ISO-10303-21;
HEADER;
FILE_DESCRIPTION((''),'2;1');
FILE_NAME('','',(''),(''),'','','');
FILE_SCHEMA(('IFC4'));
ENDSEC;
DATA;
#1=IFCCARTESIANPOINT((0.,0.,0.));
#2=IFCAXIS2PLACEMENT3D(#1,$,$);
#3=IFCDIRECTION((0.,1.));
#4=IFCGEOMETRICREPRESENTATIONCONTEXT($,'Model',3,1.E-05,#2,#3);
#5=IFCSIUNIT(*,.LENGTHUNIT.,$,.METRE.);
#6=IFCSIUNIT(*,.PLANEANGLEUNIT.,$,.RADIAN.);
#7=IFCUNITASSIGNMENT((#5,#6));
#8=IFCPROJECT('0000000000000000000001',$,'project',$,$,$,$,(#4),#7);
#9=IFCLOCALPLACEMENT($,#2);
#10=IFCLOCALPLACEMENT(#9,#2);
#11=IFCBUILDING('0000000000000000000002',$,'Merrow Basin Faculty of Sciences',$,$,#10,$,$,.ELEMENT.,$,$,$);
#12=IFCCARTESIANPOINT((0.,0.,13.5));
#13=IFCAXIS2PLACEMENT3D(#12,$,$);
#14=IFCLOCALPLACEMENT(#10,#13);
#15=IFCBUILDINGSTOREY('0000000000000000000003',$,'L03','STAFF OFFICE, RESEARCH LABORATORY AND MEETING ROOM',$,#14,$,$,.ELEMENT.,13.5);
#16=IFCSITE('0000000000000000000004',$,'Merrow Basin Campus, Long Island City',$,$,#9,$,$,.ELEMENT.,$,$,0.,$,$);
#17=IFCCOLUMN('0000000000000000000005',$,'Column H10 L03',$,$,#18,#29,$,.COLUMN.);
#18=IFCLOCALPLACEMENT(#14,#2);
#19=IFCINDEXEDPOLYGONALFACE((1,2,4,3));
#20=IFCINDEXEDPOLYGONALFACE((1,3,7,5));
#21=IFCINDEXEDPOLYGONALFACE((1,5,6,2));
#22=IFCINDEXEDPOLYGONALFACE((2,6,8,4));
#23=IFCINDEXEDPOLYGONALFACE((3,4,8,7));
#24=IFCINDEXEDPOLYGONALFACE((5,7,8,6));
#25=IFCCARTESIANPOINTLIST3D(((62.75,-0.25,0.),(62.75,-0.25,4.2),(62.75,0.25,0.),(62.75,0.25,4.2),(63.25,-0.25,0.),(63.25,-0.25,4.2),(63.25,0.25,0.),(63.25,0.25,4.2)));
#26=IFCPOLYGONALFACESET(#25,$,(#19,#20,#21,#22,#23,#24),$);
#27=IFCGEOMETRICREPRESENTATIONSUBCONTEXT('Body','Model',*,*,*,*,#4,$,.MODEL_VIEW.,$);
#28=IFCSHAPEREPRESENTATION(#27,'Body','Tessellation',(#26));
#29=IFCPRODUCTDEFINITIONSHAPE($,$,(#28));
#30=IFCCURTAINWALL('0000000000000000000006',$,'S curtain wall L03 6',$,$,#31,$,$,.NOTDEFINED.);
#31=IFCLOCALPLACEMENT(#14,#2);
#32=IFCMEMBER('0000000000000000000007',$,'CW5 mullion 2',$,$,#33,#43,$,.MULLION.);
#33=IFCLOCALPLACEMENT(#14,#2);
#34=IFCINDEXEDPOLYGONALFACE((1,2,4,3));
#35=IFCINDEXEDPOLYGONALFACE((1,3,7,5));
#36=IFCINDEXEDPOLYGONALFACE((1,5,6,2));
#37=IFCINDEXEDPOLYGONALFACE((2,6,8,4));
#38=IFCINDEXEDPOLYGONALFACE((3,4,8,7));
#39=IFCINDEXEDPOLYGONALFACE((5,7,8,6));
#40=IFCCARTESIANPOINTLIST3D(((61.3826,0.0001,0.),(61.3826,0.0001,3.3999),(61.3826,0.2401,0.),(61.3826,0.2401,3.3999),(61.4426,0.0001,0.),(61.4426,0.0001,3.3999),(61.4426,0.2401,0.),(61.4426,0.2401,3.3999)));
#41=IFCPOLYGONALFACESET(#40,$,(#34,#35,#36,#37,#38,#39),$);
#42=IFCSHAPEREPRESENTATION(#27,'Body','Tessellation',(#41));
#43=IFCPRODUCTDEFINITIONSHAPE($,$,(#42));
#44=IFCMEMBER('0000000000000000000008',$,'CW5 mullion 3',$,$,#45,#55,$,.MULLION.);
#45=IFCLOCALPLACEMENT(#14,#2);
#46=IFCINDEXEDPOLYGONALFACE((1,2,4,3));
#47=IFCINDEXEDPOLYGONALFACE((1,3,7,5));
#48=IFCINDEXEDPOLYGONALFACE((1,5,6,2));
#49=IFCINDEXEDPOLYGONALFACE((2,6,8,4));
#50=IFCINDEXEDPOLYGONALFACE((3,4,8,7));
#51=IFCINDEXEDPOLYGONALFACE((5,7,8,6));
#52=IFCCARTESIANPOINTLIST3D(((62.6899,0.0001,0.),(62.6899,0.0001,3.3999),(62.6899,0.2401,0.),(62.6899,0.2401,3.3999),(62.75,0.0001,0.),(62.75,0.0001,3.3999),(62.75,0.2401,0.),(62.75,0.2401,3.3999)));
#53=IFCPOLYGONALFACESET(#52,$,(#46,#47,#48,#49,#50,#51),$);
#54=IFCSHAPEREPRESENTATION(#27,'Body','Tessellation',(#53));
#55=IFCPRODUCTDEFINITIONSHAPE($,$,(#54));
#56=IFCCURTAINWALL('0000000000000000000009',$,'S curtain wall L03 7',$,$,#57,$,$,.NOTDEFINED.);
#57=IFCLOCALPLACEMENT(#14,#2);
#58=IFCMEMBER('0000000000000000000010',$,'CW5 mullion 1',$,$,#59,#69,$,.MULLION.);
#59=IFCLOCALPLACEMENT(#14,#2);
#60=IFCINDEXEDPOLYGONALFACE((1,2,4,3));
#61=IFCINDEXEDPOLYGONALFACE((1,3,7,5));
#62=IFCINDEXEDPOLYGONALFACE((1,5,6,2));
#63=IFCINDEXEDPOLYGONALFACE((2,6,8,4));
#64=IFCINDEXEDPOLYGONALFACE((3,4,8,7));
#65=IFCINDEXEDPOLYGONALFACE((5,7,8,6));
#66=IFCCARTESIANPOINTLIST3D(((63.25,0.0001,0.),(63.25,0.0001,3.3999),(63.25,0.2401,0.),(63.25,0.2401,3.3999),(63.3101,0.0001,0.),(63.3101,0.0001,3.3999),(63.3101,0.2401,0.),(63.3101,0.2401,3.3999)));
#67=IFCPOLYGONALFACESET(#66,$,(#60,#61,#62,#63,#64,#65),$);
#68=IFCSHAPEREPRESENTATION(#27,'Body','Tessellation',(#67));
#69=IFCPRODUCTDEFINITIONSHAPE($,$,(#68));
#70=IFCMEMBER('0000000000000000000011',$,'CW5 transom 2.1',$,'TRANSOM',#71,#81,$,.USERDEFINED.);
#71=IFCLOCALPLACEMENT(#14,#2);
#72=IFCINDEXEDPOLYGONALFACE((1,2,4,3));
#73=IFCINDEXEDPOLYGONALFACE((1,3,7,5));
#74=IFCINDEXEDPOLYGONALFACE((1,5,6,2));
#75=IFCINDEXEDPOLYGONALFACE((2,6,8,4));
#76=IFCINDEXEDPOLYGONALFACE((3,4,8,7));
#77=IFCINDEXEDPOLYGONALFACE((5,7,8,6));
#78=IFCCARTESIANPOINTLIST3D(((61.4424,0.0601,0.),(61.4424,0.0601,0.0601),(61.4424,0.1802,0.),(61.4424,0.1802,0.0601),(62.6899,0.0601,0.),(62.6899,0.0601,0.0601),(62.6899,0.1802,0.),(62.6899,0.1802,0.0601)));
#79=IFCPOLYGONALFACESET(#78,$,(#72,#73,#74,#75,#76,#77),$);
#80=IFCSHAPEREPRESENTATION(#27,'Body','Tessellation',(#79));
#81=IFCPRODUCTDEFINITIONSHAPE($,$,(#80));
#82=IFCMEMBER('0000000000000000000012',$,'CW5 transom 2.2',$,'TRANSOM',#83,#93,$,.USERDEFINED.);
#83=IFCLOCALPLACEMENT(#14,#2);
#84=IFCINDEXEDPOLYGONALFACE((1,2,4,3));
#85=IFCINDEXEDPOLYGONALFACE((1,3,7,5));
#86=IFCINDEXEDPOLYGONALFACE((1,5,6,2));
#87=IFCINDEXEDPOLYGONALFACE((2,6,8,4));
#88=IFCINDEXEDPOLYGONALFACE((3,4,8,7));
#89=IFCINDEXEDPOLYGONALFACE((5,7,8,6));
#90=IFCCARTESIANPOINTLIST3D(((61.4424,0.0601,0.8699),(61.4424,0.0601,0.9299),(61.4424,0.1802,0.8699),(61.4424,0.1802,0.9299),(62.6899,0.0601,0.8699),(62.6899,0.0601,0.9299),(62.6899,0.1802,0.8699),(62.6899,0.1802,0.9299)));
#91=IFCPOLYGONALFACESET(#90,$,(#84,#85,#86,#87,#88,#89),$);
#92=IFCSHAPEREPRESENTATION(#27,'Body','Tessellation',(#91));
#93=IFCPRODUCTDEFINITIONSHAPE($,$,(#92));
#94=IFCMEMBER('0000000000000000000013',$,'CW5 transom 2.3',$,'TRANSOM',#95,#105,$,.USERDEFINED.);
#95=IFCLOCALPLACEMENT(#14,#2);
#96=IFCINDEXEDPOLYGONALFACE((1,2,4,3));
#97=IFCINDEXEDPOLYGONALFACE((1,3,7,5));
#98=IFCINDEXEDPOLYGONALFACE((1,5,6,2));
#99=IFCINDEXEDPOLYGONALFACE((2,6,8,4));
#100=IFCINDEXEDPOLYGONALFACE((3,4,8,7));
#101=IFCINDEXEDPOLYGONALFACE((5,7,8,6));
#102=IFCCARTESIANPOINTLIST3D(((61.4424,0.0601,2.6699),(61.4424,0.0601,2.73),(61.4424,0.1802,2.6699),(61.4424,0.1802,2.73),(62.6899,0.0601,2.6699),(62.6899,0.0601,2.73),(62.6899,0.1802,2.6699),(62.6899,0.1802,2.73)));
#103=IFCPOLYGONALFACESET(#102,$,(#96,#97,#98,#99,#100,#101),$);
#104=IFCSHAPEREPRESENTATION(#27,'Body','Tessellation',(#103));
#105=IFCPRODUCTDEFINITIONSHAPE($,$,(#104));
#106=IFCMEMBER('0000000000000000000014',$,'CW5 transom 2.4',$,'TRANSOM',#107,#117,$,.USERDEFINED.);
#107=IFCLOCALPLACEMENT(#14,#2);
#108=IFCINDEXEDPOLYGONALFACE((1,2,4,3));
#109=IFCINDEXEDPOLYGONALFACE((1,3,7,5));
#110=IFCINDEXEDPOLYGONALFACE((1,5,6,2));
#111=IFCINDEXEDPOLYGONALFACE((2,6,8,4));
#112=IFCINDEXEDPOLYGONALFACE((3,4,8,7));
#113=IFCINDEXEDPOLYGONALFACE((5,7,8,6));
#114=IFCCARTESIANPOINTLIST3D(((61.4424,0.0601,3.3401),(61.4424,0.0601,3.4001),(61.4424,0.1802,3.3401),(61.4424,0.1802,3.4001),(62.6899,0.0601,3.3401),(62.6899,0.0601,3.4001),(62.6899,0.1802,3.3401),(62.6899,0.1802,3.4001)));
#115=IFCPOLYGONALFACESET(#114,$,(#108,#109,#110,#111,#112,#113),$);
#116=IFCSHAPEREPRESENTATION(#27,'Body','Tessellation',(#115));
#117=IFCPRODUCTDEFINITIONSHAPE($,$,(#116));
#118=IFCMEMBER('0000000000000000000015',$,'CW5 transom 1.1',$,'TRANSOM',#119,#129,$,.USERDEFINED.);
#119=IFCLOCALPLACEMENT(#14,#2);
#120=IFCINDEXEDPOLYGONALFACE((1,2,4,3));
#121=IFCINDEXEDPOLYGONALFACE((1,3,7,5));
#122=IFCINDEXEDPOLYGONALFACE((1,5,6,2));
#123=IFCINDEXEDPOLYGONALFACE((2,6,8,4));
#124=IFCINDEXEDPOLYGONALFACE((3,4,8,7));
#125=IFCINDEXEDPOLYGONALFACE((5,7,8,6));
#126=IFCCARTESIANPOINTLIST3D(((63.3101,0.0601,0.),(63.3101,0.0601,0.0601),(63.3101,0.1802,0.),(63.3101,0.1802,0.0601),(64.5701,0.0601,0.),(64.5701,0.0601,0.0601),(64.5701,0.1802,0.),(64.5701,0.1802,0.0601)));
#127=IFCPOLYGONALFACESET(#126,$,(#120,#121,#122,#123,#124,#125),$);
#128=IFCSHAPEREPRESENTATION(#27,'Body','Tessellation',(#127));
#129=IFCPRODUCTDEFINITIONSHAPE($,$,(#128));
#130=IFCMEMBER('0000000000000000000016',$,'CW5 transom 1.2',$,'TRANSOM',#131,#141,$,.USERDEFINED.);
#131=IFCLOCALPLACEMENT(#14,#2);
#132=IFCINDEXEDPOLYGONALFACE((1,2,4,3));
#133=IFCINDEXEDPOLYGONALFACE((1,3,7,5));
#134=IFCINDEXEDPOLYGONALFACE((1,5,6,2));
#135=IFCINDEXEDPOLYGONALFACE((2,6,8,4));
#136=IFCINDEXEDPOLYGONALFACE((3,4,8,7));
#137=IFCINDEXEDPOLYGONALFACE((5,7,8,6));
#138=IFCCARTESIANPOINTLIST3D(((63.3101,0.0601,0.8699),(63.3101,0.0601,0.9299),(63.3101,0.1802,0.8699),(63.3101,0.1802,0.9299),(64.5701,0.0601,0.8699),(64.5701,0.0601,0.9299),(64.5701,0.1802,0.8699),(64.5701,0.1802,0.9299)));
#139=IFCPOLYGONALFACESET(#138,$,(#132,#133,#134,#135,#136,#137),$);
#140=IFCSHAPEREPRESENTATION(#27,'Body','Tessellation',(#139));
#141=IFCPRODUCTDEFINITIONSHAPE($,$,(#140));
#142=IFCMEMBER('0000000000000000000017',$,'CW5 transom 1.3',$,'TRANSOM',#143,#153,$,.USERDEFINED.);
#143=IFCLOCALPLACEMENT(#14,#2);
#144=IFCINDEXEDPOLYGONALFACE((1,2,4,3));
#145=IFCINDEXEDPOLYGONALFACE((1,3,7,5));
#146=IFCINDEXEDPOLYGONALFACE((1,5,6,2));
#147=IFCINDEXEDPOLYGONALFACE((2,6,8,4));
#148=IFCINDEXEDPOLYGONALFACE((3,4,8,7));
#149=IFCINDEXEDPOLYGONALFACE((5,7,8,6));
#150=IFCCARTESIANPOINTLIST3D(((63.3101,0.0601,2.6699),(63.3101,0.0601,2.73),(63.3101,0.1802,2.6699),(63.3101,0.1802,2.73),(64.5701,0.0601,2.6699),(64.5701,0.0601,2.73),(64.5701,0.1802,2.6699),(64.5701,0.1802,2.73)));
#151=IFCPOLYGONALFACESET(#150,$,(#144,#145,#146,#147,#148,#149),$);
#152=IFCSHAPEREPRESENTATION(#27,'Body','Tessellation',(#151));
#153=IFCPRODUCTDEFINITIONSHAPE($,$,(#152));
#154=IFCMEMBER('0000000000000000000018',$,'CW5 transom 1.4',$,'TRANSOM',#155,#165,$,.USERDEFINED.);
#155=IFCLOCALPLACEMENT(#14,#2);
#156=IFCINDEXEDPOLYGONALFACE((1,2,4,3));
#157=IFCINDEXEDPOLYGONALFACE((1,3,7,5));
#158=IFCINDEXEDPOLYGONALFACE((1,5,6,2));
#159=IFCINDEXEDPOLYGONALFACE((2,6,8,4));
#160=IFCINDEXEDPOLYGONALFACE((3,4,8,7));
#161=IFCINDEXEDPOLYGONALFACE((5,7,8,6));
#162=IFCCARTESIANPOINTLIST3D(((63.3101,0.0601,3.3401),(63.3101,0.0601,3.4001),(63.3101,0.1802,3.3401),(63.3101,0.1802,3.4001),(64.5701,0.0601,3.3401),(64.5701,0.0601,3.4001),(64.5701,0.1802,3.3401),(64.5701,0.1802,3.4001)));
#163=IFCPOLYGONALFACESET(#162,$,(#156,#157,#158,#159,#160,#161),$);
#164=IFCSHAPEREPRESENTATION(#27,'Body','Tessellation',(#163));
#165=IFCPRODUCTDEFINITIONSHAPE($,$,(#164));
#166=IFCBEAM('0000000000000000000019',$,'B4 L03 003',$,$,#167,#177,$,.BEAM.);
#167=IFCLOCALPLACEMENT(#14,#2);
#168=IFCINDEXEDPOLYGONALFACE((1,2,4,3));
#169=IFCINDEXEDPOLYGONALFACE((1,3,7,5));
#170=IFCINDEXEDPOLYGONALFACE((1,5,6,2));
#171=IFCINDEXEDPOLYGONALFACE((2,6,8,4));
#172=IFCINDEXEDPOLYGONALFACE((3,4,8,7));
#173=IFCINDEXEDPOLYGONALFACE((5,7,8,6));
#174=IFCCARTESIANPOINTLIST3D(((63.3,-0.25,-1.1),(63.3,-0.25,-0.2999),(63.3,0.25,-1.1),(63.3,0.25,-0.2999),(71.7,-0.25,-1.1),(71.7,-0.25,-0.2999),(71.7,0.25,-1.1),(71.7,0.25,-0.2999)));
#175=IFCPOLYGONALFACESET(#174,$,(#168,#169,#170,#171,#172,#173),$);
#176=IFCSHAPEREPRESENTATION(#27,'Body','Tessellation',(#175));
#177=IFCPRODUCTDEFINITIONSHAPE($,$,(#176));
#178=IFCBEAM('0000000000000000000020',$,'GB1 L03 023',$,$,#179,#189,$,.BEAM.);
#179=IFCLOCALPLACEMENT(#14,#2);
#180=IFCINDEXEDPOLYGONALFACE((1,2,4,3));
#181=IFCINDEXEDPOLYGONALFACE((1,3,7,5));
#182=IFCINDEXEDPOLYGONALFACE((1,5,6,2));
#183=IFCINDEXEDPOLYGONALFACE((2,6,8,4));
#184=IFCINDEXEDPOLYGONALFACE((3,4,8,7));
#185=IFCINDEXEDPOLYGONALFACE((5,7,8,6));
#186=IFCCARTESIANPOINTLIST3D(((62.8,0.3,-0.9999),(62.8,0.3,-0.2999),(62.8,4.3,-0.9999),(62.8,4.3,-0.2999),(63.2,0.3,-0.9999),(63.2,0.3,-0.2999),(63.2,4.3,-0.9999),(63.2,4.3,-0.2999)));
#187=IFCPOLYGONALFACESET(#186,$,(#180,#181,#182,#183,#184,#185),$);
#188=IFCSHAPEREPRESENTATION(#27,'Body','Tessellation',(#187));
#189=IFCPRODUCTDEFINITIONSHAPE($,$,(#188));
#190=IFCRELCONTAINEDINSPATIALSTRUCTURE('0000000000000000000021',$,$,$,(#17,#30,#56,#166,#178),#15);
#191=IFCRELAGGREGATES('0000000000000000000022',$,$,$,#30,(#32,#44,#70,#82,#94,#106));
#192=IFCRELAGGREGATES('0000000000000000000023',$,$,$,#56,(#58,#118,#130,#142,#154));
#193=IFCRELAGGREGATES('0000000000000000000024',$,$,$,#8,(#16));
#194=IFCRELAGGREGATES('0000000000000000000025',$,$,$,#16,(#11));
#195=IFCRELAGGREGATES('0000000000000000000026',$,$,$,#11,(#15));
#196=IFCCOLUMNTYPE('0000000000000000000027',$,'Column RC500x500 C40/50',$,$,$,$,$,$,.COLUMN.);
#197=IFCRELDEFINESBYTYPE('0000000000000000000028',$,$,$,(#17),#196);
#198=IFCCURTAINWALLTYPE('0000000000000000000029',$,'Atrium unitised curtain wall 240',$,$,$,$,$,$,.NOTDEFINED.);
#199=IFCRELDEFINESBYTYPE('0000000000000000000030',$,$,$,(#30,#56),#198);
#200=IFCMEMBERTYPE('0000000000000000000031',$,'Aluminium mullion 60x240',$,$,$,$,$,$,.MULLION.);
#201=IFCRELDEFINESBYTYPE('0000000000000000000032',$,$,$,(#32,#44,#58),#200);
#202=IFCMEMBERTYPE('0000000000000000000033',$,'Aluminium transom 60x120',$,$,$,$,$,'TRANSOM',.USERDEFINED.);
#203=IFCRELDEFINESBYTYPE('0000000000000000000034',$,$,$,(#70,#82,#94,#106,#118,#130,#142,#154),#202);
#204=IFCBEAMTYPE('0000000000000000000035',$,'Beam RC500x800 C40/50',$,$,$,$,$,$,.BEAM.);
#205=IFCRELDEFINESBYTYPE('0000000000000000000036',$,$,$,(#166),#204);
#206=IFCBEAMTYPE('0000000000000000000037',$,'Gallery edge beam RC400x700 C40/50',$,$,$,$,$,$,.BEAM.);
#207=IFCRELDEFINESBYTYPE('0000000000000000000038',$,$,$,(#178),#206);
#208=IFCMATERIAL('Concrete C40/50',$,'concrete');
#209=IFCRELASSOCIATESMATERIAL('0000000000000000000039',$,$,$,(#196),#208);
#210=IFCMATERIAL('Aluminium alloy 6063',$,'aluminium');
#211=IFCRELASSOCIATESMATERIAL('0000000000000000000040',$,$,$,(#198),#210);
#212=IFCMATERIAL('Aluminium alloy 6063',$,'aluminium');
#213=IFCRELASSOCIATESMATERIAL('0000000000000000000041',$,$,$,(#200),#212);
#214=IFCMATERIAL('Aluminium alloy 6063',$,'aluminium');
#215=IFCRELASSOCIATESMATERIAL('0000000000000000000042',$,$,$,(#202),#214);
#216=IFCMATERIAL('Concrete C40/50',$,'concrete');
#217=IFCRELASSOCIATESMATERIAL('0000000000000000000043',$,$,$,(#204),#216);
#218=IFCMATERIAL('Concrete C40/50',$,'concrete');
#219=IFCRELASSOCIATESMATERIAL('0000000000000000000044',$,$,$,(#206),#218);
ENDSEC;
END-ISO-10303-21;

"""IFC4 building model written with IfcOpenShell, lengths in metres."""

from ifc_helpers import new_model, si_unit, direction, frame, origin, origin_2d, place, context, subcontext, project, spatial, rectangle, extrude, material, material_profile, profile_set, type_object, element, aggregate, save


model = new_model("IFC4")

# Units and contexts
model_context = context("Model", 3, precision=1e-05, world=origin(), true_north=direction((0.0, 1.0)))
body_context = subcontext(model_context, "Body", "Model", "MODEL_VIEW")
ifc_project = project(units=[si_unit("LENGTHUNIT", "METRE"), si_unit("PLANEANGLEUNIT", "RADIAN")], contexts=[model_context])

# Site, building, storey
site_placement = place(None, origin())
site = spatial("IfcSite", under=ifc_project, at=site_placement, Name="Merrow Basin Campus, Long Island City", CompositionType="ELEMENT", RefElevation=0.0)
building_placement = place(site_placement, origin())
building = spatial("IfcBuilding", under=site, at=building_placement, Name="Merrow Basin Faculty of Sciences", CompositionType="ELEMENT")
storey_placement = place(building_placement, frame((0.0, 0.0, 13.5)))
storey = spatial("IfcBuildingStorey", under=building, at=storey_placement, Name="L03", Description="STAFF OFFICE, RESEARCH LABORATORY AND MEETING ROOM", CompositionType="ELEMENT", Elevation=13.5)

# Column
ifc_material_1 = material(Name="Concrete C40/50", Category="concrete")
ifc_material_profile_1 = material_profile(ifc_material_1, rectangle(XDim=0.5, YDim=0.5, at=origin_2d()))
ifc_profile_set_1 = profile_set([ifc_material_profile_1], Name="Concrete C40/50")
column_type = type_object("IfcColumnType", Name="Column RC500x500 C40/50", PredefinedType="COLUMN", material=ifc_profile_set_1)
column_placement = place(storey_placement, frame((63.0, 0.0, 0.0), z_axis=(0.0, 0.0, 1.0), x_axis=(1.0, 0.0, 0.0)))
element("IfcColumn", 1, at=column_placement, inside=storey, type_object=column_type, Name="Column H10 L03", PredefinedType="COLUMN", context=body_context, shape_type="SweptSolid", body=[
    extrude(rectangle(XDim=0.5, YDim=0.5, at=origin_2d()), origin(), (0.0, 0.0, 1.0), 4.2),
])

# Curtain wall, members
ifc_material_2 = material(Name="Aluminium alloy 6063", Category="aluminium")
curtain_wall_type = type_object("IfcCurtainWallType", Name="Atrium unitised curtain wall 240", PredefinedType="NOTDEFINED", material=ifc_material_2)
curtain_wall_1_placement = place(storey_placement, origin())
curtain_wall_1 = element("IfcCurtainWall", 2, at=curtain_wall_1_placement, inside=storey, type_object=curtain_wall_type, Name="S curtain wall L03 6", PredefinedType="NOTDEFINED")
ifc_material_3 = material(Name="Aluminium alloy 6063", Category="aluminium")
ifc_material_profile_2 = material_profile(ifc_material_3, rectangle(XDim=0.24, YDim=0.0601, at=origin_2d()))
ifc_profile_set_2 = profile_set([ifc_material_profile_2], Name="Aluminium alloy 6063")
member_type_1 = type_object("IfcMemberType", Name="Aluminium mullion 60x240", PredefinedType="MULLION", material=ifc_profile_set_2)
member_1_placement = place(storey_placement, frame((61.4126, 0.1201, 0.0), z_axis=(0.0, 0.0, 1.0), x_axis=(0.0, 1.0, 0.0)))
member_1 = element("IfcMember", 3, at=member_1_placement, type_object=member_type_1, Name="CW5 mullion 2", PredefinedType="MULLION", context=body_context, shape_type="SweptSolid", body=[
    extrude(rectangle(XDim=0.24, YDim=0.0601, at=origin_2d()), origin(), (0.0, 0.0, 1.0), 3.3999),
])
member_2_placement = place(storey_placement, frame((62.72, 0.1201, 0.0), z_axis=(0.0, 0.0, 1.0), x_axis=(0.0, 1.0, 0.0)))
member_2 = element("IfcMember", 4, at=member_2_placement, type_object=member_type_1, Name="CW5 mullion 3", PredefinedType="MULLION", context=body_context, shape_type="SweptSolid", body=[
    extrude(rectangle(XDim=0.24, YDim=0.0601, at=origin_2d()), origin(), (0.0, 0.0, 1.0), 3.3999),
])

# Curtain wall, member
curtain_wall_2_placement = place(storey_placement, origin())
curtain_wall_2 = element("IfcCurtainWall", 5, at=curtain_wall_2_placement, inside=storey, type_object=curtain_wall_type, Name="S curtain wall L03 7", PredefinedType="NOTDEFINED")
member_3_placement = place(storey_placement, frame((63.28, 0.1201, 0.0), z_axis=(0.0, 0.0, 1.0), x_axis=(0.0, 1.0, 0.0)))
member_3 = element("IfcMember", 6, at=member_3_placement, type_object=member_type_1, Name="CW5 mullion 1", PredefinedType="MULLION", context=body_context, shape_type="SweptSolid", body=[
    extrude(rectangle(XDim=0.24, YDim=0.0601, at=origin_2d()), origin(), (0.0, 0.0, 1.0), 3.3999),
])

# Members
ifc_material_4 = material(Name="Aluminium alloy 6063", Category="aluminium")
ifc_material_profile_3 = material_profile(ifc_material_4, rectangle(XDim=0.1201, YDim=0.0601, at=origin_2d()))
ifc_profile_set_3 = profile_set([ifc_material_profile_3], Name="Aluminium alloy 6063")
member_type_2 = type_object("IfcMemberType", Name="Aluminium transom 60x120", ElementType="TRANSOM", PredefinedType="USERDEFINED", material=ifc_profile_set_3)
member_4_placement = place(storey_placement, frame((61.4424, 0.1201, 0.03), z_axis=(1.0, 0.0, 0.0), x_axis=(0.0, 1.0, 0.0)))
member_4 = element("IfcMember", 7, at=member_4_placement, type_object=member_type_2, Name="CW5 transom 2.1", ObjectType="TRANSOM", PredefinedType="USERDEFINED", context=body_context, shape_type="SweptSolid", body=[
    extrude(rectangle(XDim=0.1201, YDim=0.0601, at=origin_2d()), origin(), (0.0, 0.0, 1.0), 1.2476),
])
member_5_placement = place(storey_placement, frame((61.4424, 0.1201, 0.8999), z_axis=(1.0, 0.0, 0.0), x_axis=(0.0, 1.0, 0.0)))
member_5 = element("IfcMember", 8, at=member_5_placement, type_object=member_type_2, Name="CW5 transom 2.2", ObjectType="TRANSOM", PredefinedType="USERDEFINED", context=body_context, shape_type="SweptSolid", body=[
    extrude(rectangle(XDim=0.1201, YDim=0.0601, at=origin_2d()), origin(), (0.0, 0.0, 1.0), 1.2476),
])
member_6_placement = place(storey_placement, frame((61.4424, 0.1201, 2.7), z_axis=(1.0, 0.0, 0.0), x_axis=(0.0, 1.0, 0.0)))
member_6 = element("IfcMember", 9, at=member_6_placement, type_object=member_type_2, Name="CW5 transom 2.3", ObjectType="TRANSOM", PredefinedType="USERDEFINED", context=body_context, shape_type="SweptSolid", body=[
    extrude(rectangle(XDim=0.1201, YDim=0.0601, at=origin_2d()), origin(), (0.0, 0.0, 1.0), 1.2476),
])
member_7_placement = place(storey_placement, frame((61.4424, 0.1201, 3.3701), z_axis=(1.0, 0.0, 0.0), x_axis=(0.0, 1.0, 0.0)))
member_7 = element("IfcMember", 10, at=member_7_placement, type_object=member_type_2, Name="CW5 transom 2.4", ObjectType="TRANSOM", PredefinedType="USERDEFINED", context=body_context, shape_type="SweptSolid", body=[
    extrude(rectangle(XDim=0.1201, YDim=0.0601, at=origin_2d()), origin(), (0.0, 0.0, 1.0), 1.2476),
])
member_8_placement = place(storey_placement, frame((63.3101, 0.1201, 0.03), z_axis=(1.0, 0.0, 0.0), x_axis=(0.0, 1.0, 0.0)))
member_8 = element("IfcMember", 11, at=member_8_placement, type_object=member_type_2, Name="CW5 transom 1.1", ObjectType="TRANSOM", PredefinedType="USERDEFINED", context=body_context, shape_type="SweptSolid", body=[
    extrude(rectangle(XDim=0.1201, YDim=0.0601, at=origin_2d()), origin(), (0.0, 0.0, 1.0), 1.26),
])
member_9_placement = place(storey_placement, frame((63.3101, 0.1201, 0.8999), z_axis=(1.0, 0.0, 0.0), x_axis=(0.0, 1.0, 0.0)))
member_9 = element("IfcMember", 12, at=member_9_placement, type_object=member_type_2, Name="CW5 transom 1.2", ObjectType="TRANSOM", PredefinedType="USERDEFINED", context=body_context, shape_type="SweptSolid", body=[
    extrude(rectangle(XDim=0.1201, YDim=0.0601, at=origin_2d()), origin(), (0.0, 0.0, 1.0), 1.26),
])
member_10_placement = place(storey_placement, frame((63.3101, 0.1201, 2.7), z_axis=(1.0, 0.0, 0.0), x_axis=(0.0, 1.0, 0.0)))
member_10 = element("IfcMember", 13, at=member_10_placement, type_object=member_type_2, Name="CW5 transom 1.3", ObjectType="TRANSOM", PredefinedType="USERDEFINED", context=body_context, shape_type="SweptSolid", body=[
    extrude(rectangle(XDim=0.1201, YDim=0.0601, at=origin_2d()), origin(), (0.0, 0.0, 1.0), 1.26),
])
member_11_placement = place(storey_placement, frame((63.3101, 0.1201, 3.3701), z_axis=(1.0, 0.0, 0.0), x_axis=(0.0, 1.0, 0.0)))
member_11 = element("IfcMember", 14, at=member_11_placement, type_object=member_type_2, Name="CW5 transom 1.4", ObjectType="TRANSOM", PredefinedType="USERDEFINED", context=body_context, shape_type="SweptSolid", body=[
    extrude(rectangle(XDim=0.1201, YDim=0.0601, at=origin_2d()), origin(), (0.0, 0.0, 1.0), 1.26),
])

# Beams
ifc_material_5 = material(Name="Concrete C40/50", Category="concrete")
ifc_material_profile_4 = material_profile(ifc_material_5, rectangle(XDim=0.5, YDim=0.8, at=origin_2d()))
ifc_profile_set_4 = profile_set([ifc_material_profile_4], Name="Concrete C40/50")
beam_type_1 = type_object("IfcBeamType", Name="Beam RC500x800 C40/50", PredefinedType="BEAM", material=ifc_profile_set_4)
beam_1_placement = place(storey_placement, frame((63.3, 0.0, -0.7), z_axis=(1.0, 0.0, 0.0), x_axis=(0.0, 1.0, 0.0)))
element("IfcBeam", 15, at=beam_1_placement, inside=storey, type_object=beam_type_1, Name="B4 L03 003", PredefinedType="BEAM", context=body_context, shape_type="SweptSolid", body=[
    extrude(rectangle(XDim=0.5, YDim=0.8, at=origin_2d()), origin(), (0.0, 0.0, 1.0), 8.3999),
])
ifc_material_6 = material(Name="Concrete C40/50", Category="concrete")
ifc_material_profile_5 = material_profile(ifc_material_6, rectangle(XDim=0.3999, YDim=0.7, at=origin_2d()))
ifc_profile_set_5 = profile_set([ifc_material_profile_5], Name="Concrete C40/50")
beam_type_2 = type_object("IfcBeamType", Name="Gallery edge beam RC400x700 C40/50", PredefinedType="BEAM", material=ifc_profile_set_5)
beam_2_placement = place(storey_placement, frame((63.0, 0.3, -0.6499), z_axis=(0.0, 1.0, 0.0), x_axis=(-1.0, 0.0, 0.0)))
element("IfcBeam", 16, at=beam_2_placement, inside=storey, type_object=beam_type_2, Name="GB1 L03 023", PredefinedType="BEAM", context=body_context, shape_type="SweptSolid", body=[
    extrude(rectangle(XDim=0.3999, YDim=0.7, at=origin_2d()), origin(), (0.0, 0.0, 1.0), 4.0),
])

aggregate(curtain_wall_1, [member_1, member_2, member_4, member_5, member_6, member_7])
aggregate(curtain_wall_2, [member_3, member_8, member_9, member_10, member_11])

save(model, "model.ifc")
